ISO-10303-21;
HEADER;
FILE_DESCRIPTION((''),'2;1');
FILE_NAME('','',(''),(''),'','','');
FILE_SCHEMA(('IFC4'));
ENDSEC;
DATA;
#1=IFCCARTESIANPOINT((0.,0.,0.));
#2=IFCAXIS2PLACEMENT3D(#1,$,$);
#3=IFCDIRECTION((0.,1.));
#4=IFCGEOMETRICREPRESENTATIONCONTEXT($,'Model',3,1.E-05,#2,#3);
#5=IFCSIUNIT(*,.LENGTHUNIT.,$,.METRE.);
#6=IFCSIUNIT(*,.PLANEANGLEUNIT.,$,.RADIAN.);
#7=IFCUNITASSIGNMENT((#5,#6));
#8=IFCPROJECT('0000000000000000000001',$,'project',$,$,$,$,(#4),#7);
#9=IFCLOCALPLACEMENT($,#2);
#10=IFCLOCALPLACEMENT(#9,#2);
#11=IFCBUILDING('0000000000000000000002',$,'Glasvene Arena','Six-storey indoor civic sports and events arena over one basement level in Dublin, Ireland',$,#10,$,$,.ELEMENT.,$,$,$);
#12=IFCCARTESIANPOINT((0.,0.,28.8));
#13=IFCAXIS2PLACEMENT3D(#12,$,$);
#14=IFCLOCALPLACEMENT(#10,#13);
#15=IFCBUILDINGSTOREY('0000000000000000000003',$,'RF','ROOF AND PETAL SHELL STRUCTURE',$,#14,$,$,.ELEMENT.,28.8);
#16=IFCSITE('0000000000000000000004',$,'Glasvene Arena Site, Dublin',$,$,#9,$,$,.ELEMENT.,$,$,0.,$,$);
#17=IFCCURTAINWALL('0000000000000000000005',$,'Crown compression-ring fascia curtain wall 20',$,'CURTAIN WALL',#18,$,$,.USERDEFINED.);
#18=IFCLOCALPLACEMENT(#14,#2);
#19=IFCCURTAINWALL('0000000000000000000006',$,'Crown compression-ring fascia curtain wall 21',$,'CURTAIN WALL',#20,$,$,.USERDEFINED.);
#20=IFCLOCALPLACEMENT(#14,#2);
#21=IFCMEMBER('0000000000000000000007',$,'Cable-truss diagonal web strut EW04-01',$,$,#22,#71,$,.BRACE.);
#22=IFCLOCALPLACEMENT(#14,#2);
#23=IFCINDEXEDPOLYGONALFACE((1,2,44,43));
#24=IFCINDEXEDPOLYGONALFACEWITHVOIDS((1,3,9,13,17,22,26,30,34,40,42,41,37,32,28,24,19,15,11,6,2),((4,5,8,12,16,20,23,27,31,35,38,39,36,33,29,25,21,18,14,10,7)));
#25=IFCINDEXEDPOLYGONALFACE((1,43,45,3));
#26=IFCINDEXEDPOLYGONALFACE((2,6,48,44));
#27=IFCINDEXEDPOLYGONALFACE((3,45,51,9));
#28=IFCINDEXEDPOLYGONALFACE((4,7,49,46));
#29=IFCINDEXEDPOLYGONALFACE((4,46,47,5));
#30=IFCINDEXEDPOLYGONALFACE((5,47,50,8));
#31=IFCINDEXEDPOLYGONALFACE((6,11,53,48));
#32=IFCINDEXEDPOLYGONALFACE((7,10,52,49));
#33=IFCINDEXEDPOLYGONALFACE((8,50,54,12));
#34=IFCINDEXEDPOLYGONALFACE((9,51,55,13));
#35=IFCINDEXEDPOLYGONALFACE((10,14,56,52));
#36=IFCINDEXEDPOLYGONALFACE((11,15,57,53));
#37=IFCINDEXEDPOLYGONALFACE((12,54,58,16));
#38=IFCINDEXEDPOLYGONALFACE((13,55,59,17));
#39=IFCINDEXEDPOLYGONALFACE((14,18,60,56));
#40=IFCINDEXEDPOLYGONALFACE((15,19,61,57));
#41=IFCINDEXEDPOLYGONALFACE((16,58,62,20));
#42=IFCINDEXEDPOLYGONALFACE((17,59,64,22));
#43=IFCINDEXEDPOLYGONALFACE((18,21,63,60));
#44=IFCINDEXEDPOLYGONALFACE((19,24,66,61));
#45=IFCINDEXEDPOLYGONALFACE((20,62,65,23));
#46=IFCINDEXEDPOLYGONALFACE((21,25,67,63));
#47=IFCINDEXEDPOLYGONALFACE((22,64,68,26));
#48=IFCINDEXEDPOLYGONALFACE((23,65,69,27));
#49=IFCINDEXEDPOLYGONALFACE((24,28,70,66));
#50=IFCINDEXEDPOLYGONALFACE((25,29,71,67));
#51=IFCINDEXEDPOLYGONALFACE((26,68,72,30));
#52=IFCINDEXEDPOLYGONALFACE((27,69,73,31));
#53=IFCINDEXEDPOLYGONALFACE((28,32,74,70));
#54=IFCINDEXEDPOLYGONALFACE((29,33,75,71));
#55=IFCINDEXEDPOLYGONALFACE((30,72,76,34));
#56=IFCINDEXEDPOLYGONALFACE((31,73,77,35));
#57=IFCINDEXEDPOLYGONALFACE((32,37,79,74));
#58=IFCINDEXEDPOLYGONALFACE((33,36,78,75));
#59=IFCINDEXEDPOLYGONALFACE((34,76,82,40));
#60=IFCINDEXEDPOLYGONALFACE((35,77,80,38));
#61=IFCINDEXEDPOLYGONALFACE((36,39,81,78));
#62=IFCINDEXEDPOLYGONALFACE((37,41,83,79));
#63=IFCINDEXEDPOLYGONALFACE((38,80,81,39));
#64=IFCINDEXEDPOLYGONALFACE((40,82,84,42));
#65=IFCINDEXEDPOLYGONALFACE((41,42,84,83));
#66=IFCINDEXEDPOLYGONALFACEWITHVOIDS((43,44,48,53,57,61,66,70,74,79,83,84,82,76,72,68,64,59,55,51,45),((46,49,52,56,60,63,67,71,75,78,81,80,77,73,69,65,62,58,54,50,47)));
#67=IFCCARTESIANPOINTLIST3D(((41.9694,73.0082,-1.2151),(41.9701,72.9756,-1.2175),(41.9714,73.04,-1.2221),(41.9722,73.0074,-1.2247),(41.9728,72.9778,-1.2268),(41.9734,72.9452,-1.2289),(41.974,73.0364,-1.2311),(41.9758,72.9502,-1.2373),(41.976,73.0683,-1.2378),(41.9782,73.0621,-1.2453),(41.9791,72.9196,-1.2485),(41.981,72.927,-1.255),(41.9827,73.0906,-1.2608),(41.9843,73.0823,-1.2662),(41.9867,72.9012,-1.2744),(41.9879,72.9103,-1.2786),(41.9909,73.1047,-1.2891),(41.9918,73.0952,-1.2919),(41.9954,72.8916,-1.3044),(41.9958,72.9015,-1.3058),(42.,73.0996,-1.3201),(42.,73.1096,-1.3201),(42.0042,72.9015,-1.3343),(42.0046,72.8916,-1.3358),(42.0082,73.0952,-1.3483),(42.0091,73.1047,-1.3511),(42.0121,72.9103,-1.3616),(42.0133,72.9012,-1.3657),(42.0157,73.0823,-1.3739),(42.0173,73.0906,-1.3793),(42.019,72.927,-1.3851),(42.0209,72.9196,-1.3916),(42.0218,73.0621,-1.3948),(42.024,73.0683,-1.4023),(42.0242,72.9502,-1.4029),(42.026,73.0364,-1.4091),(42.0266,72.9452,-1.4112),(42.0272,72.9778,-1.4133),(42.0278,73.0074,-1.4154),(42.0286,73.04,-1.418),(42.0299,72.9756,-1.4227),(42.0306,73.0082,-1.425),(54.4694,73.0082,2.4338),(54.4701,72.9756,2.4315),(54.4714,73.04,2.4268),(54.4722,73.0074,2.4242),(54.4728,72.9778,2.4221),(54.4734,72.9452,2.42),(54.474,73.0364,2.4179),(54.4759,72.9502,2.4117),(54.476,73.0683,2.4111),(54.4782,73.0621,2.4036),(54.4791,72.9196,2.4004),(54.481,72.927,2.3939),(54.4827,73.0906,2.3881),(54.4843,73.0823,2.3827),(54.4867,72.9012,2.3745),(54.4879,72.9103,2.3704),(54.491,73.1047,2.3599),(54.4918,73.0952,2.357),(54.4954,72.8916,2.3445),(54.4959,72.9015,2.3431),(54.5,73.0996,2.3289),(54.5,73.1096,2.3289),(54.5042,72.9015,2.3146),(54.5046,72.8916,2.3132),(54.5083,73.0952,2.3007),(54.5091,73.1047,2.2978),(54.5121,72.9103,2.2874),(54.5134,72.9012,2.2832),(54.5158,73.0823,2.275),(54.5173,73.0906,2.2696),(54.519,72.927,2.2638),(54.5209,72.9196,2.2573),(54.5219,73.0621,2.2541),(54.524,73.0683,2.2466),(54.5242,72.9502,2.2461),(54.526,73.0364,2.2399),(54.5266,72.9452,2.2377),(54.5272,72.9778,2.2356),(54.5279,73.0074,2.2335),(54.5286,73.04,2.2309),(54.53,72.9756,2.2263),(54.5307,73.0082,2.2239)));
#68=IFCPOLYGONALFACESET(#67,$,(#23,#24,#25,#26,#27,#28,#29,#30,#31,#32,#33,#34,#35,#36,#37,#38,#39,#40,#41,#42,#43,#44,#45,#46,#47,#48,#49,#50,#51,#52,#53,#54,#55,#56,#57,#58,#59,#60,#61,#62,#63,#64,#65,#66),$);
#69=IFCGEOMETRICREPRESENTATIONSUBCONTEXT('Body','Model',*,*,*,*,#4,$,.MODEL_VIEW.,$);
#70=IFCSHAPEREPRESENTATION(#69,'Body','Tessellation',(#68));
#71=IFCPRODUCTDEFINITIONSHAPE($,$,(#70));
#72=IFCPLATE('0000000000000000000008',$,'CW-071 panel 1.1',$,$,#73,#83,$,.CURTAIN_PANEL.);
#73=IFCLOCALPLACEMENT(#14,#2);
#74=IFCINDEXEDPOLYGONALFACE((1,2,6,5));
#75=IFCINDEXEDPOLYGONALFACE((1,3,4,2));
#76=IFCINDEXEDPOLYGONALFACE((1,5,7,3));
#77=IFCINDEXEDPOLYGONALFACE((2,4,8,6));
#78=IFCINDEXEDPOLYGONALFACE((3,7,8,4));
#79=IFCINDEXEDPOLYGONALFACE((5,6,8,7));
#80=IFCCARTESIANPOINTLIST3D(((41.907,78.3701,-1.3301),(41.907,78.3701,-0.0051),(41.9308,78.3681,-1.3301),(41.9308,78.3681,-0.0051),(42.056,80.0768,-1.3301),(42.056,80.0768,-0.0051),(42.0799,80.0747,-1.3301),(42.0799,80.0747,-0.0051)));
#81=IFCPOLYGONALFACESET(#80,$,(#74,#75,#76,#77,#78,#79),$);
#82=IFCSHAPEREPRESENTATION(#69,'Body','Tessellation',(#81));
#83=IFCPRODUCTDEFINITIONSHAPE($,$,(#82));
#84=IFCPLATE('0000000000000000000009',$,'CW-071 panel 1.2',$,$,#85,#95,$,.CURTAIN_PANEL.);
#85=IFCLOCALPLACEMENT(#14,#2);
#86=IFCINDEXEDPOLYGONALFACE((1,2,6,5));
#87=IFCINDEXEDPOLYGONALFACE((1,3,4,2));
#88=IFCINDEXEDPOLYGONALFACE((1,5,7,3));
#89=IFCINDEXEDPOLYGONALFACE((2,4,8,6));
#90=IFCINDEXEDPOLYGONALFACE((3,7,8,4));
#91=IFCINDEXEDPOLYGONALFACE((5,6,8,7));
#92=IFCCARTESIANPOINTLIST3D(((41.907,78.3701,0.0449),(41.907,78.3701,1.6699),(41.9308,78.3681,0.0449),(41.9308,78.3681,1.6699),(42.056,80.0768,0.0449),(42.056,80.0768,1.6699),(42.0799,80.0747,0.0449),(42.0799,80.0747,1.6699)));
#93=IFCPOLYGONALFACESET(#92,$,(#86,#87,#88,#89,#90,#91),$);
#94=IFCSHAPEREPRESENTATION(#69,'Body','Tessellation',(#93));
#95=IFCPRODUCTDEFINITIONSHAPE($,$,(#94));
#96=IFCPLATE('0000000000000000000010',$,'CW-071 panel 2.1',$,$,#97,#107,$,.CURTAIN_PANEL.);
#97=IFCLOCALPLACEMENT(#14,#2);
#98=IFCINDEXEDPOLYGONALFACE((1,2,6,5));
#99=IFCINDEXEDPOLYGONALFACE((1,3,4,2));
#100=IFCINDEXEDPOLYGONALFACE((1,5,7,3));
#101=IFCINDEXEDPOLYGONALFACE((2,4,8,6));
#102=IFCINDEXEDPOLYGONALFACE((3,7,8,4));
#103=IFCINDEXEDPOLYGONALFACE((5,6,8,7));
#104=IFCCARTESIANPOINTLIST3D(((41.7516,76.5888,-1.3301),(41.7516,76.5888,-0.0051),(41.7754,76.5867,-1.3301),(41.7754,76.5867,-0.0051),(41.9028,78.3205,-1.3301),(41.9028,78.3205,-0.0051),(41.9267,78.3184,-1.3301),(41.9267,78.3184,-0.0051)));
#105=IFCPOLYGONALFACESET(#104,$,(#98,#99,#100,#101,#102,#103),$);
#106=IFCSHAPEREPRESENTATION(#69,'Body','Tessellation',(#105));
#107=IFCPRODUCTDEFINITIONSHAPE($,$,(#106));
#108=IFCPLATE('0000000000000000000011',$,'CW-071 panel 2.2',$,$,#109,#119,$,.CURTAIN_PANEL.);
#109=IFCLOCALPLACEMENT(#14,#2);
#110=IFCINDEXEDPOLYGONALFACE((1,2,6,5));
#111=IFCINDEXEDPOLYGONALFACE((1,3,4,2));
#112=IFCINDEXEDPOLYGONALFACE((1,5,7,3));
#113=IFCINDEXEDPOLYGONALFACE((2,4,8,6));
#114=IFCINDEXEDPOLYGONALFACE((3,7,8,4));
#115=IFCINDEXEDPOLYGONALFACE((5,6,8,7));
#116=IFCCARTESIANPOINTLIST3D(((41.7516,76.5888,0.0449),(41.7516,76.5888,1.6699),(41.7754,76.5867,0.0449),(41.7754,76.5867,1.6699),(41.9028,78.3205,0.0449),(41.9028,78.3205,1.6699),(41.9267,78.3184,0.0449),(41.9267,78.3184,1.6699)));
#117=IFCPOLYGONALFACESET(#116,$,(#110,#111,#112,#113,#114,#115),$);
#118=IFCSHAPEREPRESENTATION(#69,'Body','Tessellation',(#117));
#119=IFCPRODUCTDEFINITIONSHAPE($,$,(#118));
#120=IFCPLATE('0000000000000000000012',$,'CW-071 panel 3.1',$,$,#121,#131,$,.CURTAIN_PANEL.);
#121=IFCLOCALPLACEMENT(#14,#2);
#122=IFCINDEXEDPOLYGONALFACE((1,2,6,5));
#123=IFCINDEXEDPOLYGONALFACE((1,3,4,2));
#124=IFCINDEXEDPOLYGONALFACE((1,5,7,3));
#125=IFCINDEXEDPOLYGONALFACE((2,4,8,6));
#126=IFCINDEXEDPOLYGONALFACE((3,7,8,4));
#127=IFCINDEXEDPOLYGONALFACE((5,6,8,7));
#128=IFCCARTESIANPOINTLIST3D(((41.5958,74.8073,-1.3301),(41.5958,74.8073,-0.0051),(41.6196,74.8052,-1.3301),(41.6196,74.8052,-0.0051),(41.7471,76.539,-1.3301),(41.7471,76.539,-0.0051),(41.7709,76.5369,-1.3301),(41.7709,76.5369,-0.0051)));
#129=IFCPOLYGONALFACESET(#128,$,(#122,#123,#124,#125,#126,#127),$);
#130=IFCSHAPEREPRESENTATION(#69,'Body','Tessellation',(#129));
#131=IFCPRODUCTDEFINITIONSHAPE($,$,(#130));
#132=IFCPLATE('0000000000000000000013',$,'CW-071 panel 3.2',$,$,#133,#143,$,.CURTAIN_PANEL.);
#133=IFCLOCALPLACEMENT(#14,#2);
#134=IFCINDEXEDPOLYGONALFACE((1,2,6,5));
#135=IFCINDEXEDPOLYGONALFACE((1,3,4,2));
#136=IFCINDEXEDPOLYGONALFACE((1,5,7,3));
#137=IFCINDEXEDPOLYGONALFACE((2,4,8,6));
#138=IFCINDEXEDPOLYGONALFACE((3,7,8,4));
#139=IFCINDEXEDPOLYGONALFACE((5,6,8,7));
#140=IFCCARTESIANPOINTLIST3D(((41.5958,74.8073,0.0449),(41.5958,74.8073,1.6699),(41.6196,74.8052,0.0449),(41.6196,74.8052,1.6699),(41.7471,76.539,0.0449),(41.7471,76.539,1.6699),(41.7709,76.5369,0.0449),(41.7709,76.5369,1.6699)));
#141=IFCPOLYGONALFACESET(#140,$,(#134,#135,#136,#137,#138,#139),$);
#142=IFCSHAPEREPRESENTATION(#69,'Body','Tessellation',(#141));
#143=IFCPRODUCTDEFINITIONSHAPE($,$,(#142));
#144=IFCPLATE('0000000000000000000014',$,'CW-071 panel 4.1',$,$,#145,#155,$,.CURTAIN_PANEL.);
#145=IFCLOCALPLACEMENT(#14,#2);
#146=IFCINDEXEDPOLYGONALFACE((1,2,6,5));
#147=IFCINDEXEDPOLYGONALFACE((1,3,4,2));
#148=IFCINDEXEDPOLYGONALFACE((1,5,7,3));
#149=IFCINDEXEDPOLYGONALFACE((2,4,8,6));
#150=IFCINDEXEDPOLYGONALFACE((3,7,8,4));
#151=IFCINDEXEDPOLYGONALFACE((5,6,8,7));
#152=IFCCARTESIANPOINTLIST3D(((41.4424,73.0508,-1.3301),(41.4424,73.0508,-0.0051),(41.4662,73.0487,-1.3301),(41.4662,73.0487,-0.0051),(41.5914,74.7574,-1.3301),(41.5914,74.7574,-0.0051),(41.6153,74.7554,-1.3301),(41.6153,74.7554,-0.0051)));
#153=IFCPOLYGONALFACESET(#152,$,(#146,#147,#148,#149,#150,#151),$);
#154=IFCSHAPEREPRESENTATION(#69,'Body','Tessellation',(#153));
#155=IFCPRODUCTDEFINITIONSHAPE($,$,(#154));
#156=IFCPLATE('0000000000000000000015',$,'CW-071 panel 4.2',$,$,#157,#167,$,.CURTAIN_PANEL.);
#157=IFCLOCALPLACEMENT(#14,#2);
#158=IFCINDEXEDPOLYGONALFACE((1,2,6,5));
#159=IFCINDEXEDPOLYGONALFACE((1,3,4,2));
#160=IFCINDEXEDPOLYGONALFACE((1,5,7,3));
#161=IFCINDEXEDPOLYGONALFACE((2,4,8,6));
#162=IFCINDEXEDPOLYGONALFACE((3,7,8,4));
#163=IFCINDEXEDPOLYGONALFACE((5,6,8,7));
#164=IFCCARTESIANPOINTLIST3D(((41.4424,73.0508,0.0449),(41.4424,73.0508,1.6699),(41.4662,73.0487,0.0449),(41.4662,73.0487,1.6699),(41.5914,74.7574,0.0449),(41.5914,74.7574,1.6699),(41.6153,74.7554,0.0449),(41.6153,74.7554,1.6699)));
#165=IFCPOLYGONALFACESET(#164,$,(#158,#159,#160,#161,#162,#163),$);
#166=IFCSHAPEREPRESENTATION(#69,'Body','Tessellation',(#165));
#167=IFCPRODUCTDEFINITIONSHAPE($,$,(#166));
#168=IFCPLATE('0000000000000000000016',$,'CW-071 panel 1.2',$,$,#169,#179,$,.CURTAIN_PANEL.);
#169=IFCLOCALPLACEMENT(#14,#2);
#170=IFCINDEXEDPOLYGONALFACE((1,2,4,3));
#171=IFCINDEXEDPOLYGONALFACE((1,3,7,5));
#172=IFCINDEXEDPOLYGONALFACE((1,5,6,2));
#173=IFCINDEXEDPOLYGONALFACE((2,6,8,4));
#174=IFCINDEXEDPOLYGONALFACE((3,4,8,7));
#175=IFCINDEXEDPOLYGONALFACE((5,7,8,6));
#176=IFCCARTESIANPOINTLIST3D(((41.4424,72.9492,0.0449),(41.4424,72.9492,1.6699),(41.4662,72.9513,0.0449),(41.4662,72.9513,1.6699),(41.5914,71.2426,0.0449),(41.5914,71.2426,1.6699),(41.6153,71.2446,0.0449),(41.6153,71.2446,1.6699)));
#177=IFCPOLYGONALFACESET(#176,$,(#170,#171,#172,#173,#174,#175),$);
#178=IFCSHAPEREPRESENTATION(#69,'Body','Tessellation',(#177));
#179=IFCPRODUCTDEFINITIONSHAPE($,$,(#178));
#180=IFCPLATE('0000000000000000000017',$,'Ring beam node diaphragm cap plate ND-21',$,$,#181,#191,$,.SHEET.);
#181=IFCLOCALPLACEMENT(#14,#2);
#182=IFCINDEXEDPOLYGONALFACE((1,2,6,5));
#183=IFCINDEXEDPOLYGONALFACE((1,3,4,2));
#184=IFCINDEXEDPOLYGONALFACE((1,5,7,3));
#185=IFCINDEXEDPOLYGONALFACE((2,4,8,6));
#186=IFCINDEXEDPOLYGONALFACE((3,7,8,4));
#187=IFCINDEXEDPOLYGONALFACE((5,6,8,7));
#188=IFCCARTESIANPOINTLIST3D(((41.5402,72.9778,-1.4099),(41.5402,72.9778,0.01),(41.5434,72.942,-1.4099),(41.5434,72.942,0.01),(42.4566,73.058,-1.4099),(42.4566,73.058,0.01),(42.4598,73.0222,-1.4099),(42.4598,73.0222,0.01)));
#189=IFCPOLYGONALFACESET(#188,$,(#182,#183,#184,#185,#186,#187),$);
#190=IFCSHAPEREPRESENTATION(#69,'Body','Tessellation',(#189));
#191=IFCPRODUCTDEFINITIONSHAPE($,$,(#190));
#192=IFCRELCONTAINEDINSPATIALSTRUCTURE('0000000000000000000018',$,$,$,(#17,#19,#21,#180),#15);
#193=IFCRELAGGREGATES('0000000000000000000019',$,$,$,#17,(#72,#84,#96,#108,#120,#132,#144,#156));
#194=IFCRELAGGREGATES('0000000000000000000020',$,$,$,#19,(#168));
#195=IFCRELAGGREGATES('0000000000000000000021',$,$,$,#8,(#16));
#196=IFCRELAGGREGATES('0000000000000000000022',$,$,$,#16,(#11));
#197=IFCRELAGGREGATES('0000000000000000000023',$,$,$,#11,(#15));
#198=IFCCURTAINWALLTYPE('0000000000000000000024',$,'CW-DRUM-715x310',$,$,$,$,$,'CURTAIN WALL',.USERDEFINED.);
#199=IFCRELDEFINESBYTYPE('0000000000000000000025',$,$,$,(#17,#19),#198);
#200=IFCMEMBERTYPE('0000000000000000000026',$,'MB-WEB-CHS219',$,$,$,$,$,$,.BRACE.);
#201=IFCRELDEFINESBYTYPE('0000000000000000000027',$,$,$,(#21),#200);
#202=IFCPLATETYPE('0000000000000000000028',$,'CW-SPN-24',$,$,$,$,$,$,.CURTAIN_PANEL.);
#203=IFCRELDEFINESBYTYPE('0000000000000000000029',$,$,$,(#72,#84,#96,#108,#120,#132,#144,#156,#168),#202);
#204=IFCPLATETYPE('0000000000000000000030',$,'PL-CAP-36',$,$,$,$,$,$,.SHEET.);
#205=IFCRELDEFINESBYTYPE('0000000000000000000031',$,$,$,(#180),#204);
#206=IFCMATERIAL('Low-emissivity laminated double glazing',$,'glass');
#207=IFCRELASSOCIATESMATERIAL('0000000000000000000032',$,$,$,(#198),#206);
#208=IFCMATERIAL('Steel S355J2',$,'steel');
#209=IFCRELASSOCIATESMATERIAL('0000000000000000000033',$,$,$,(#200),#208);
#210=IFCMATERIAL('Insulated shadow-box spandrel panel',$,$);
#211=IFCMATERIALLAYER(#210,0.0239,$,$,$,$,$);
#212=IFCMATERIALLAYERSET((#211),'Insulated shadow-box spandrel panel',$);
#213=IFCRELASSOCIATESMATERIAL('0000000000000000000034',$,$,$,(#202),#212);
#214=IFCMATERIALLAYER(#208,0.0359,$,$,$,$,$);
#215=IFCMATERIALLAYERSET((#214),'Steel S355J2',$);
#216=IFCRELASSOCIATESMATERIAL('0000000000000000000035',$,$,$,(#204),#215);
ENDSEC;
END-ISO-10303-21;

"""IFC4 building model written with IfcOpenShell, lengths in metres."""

from ifc_helpers import new_model, si_unit, direction, frame, origin, origin_2d, place, context, subcontext, project, spatial, rectangle, hollow_circle, extrude, material, layer, layer_set, material_profile, profile_set, type_object, element, aggregate, save


model = new_model("IFC4")

# Units and contexts
model_context = context("Model", 3, precision=1e-05, world=origin(), true_north=direction((0.0, 1.0)))
body_context = subcontext(model_context, "Body", "Model", "MODEL_VIEW")
ifc_project = project(units=[si_unit("LENGTHUNIT", "METRE"), si_unit("PLANEANGLEUNIT", "RADIAN")], contexts=[model_context])

# Site, building, storey
site_placement = place(None, origin())
site = spatial("IfcSite", under=ifc_project, at=site_placement, Name="Glasvene Arena Site, Dublin", CompositionType="ELEMENT", RefElevation=0.0)
building_placement = place(site_placement, origin())
building = spatial("IfcBuilding", under=site, at=building_placement, Name="Glasvene Arena", Description="Six-storey indoor civic sports and events arena over one basement level in Dublin, Ireland", CompositionType="ELEMENT")
storey_placement = place(building_placement, frame((0.0, 0.0, 28.8)))
storey = spatial("IfcBuildingStorey", under=building, at=storey_placement, Name="RF", Description="ROOF AND PETAL SHELL STRUCTURE", CompositionType="ELEMENT", Elevation=28.8)

# Shared definitions
ifc_material_1 = material(Name="Steel S355J2", Category="steel")

# Curtain wall
ifc_material_2 = material(Name="Low-emissivity laminated double glazing", Category="glass")
curtain_wall_type = type_object("IfcCurtainWallType", Name="CW-DRUM-715x310", ElementType="CURTAIN WALL", PredefinedType="USERDEFINED", material=ifc_material_2)
curtain_wall_1_placement = place(storey_placement, frame((42.0725, 80.1255, 0.0)))
curtain_wall_1 = element("IfcCurtainWall", 1, at=curtain_wall_1_placement, inside=storey, type_object=curtain_wall_type, Name="Crown compression-ring fascia curtain wall 20", ObjectType="CURTAIN WALL", PredefinedType="USERDEFINED")

# Curtain wall
curtain_wall_2_placement = place(storey_placement, frame((41.45, 73.0, 0.0)))
curtain_wall_2 = element("IfcCurtainWall", 2, at=curtain_wall_2_placement, inside=storey, type_object=curtain_wall_type, Name="Crown compression-ring fascia curtain wall 21", ObjectType="CURTAIN WALL", PredefinedType="USERDEFINED")

# Member
ifc_material_profile_1 = material_profile(ifc_material_1, hollow_circle(Radius=0.1096, WallThickness=0.01, at=origin_2d()), Name="CHS 219.1x10.0")
ifc_profile_set_1 = profile_set([ifc_material_profile_1], Name="Steel S355J2")
member_type_1 = type_object("IfcMemberType", Name="MB-WEB-CHS219", PredefinedType="BRACE", material=ifc_profile_set_1)
member_1_placement = place(storey_placement, frame((42.0, 73.0, -1.3201), z_axis=(0.959936, 0.0, 0.280219), x_axis=(0.0, 1.0, 0.0)))
element("IfcMember", 3, at=member_1_placement, inside=storey, type_object=member_type_1, Name="Cable-truss diagonal web strut EW04-01", PredefinedType="BRACE", context=body_context, shape_type="SweptSolid", body=[
    extrude(hollow_circle(Radius=0.1096, WallThickness=0.01, at=origin_2d()), origin(), (0.0, 0.0, 1.0), 13.0217),
])

# Plates
ifc_material_3 = material(Name="Insulated shadow-box spandrel panel")
ifc_layer_1 = layer(ifc_material_3, 0.0239)
ifc_layer_set_1 = layer_set([ifc_layer_1], Name="Insulated shadow-box spandrel panel")
plate_type_1 = type_object("IfcPlateType", Name="CW-SPN-24", PredefinedType="CURTAIN_PANEL", material=ifc_layer_set_1)
plate_1_placement = place(storey_placement, frame((41.9934, 79.2224, -1.3301), z_axis=(0.0, 0.0, 1.0), x_axis=(-0.087016, -0.996207, 0.0)))
plate_1 = element("IfcPlate", 4, at=plate_1_placement, type_object=plate_type_1, Name="CW-071 panel 1.1", PredefinedType="CURTAIN_PANEL", context=body_context, shape_type="SweptSolid", body=[
    extrude(rectangle(XDim=1.7131, YDim=0.0239, at=origin_2d()), origin(), (0.0, 0.0, 1.0), 1.325),
])
plate_2_placement = place(storey_placement, frame((41.9934, 79.2224, 0.0449), z_axis=(0.0, 0.0, 1.0), x_axis=(-0.087016, -0.996207, 0.0)))
plate_2 = element("IfcPlate", 5, at=plate_2_placement, type_object=plate_type_1, Name="CW-071 panel 1.2", PredefinedType="CURTAIN_PANEL", context=body_context, shape_type="SweptSolid", body=[
    extrude(rectangle(XDim=1.7131, YDim=0.0239, at=origin_2d()), origin(), (0.0, 0.0, 1.0), 1.625),
])
plate_3_placement = place(storey_placement, frame((41.8391, 77.4536, -1.3301), z_axis=(0.0, 0.0, 1.0), x_axis=(-0.087016, -0.996207, 0.0)))
plate_3 = element("IfcPlate", 6, at=plate_3_placement, type_object=plate_type_1, Name="CW-071 panel 2.1", PredefinedType="CURTAIN_PANEL", context=body_context, shape_type="SweptSolid", body=[
    extrude(rectangle(XDim=1.7383, YDim=0.0239, at=origin_2d()), origin(), (0.0, 0.0, 1.0), 1.325),
])
plate_4_placement = place(storey_placement, frame((41.8391, 77.4536, 0.0449), z_axis=(0.0, 0.0, 1.0), x_axis=(-0.087016, -0.996207, 0.0)))
plate_4 = element("IfcPlate", 7, at=plate_4_placement, type_object=plate_type_1, Name="CW-071 panel 2.2", PredefinedType="CURTAIN_PANEL", context=body_context, shape_type="SweptSolid", body=[
    extrude(rectangle(XDim=1.7383, YDim=0.0239, at=origin_2d()), origin(), (0.0, 0.0, 1.0), 1.625),
])
plate_5_placement = place(storey_placement, frame((41.6833, 75.6721, -1.3301), z_axis=(0.0, 0.0, 1.0), x_axis=(-0.087016, -0.996207, 0.0)))
plate_5 = element("IfcPlate", 8, at=plate_5_placement, type_object=plate_type_1, Name="CW-071 panel 3.1", PredefinedType="CURTAIN_PANEL", context=body_context, shape_type="SweptSolid", body=[
    extrude(rectangle(XDim=1.7383, YDim=0.0239, at=origin_2d()), origin(), (0.0, 0.0, 1.0), 1.325),
])
plate_6_placement = place(storey_placement, frame((41.6833, 75.6721, 0.0449), z_axis=(0.0, 0.0, 1.0), x_axis=(-0.087016, -0.996207, 0.0)))
plate_6 = element("IfcPlate", 9, at=plate_6_placement, type_object=plate_type_1, Name="CW-071 panel 3.2", PredefinedType="CURTAIN_PANEL", context=body_context, shape_type="SweptSolid", body=[
    extrude(rectangle(XDim=1.7383, YDim=0.0239, at=origin_2d()), origin(), (0.0, 0.0, 1.0), 1.625),
])
plate_7_placement = place(storey_placement, frame((41.5288, 73.9031, -1.3301), z_axis=(0.0, 0.0, 1.0), x_axis=(-0.087016, -0.996207, 0.0)))
plate_7 = element("IfcPlate", 10, at=plate_7_placement, type_object=plate_type_1, Name="CW-071 panel 4.1", PredefinedType="CURTAIN_PANEL", context=body_context, shape_type="SweptSolid", body=[
    extrude(rectangle(XDim=1.7131, YDim=0.0239, at=origin_2d()), origin(), (0.0, 0.0, 1.0), 1.325),
])
plate_8_placement = place(storey_placement, frame((41.5288, 73.9031, 0.0449), z_axis=(0.0, 0.0, 1.0), x_axis=(-0.087016, -0.996207, 0.0)))
plate_8 = element("IfcPlate", 11, at=plate_8_placement, type_object=plate_type_1, Name="CW-071 panel 4.2", PredefinedType="CURTAIN_PANEL", context=body_context, shape_type="SweptSolid", body=[
    extrude(rectangle(XDim=1.7131, YDim=0.0239, at=origin_2d()), origin(), (0.0, 0.0, 1.0), 1.625),
])
aggregate(curtain_wall_1, [plate_1, plate_2, plate_3, plate_4, plate_5, plate_6, plate_7, plate_8])
plate_9_placement = place(storey_placement, frame((41.5288, 72.0969, 0.0449), z_axis=(0.0, 0.0, 1.0), x_axis=(0.087016, -0.996207, 0.0)))
plate_9 = element("IfcPlate", 12, at=plate_9_placement, type_object=plate_type_1, Name="CW-071 panel 1.2", PredefinedType="CURTAIN_PANEL", context=body_context, shape_type="SweptSolid", body=[
    extrude(rectangle(XDim=1.7131, YDim=0.0239, at=origin_2d()), origin(), (0.0, 0.0, 1.0), 1.625),
])
aggregate(curtain_wall_2, [plate_9])
ifc_layer_2 = layer(ifc_material_1, 0.0359)
ifc_layer_set_2 = layer_set([ifc_layer_2], Name="Steel S355J2")
plate_type_2 = type_object("IfcPlateType", Name="PL-CAP-36", PredefinedType="SHEET", material=ifc_layer_set_2)
plate_10_placement = place(storey_placement, frame((42.0, 73.0, -1.4099), z_axis=(0.0, 0.0, 1.0), x_axis=(0.087156, -0.996195, 0.0)))
element("IfcPlate", 13, at=plate_10_placement, inside=storey, type_object=plate_type_2, Name="Ring beam node diaphragm cap plate ND-21", PredefinedType="SHEET", context=body_context, shape_type="SweptSolid", body=[
    extrude(rectangle(XDim=0.0359, YDim=0.9199, at=origin_2d()), origin(), (0.0, 0.0, 1.0), 1.4199),
])

save(model, "model.ifc")
